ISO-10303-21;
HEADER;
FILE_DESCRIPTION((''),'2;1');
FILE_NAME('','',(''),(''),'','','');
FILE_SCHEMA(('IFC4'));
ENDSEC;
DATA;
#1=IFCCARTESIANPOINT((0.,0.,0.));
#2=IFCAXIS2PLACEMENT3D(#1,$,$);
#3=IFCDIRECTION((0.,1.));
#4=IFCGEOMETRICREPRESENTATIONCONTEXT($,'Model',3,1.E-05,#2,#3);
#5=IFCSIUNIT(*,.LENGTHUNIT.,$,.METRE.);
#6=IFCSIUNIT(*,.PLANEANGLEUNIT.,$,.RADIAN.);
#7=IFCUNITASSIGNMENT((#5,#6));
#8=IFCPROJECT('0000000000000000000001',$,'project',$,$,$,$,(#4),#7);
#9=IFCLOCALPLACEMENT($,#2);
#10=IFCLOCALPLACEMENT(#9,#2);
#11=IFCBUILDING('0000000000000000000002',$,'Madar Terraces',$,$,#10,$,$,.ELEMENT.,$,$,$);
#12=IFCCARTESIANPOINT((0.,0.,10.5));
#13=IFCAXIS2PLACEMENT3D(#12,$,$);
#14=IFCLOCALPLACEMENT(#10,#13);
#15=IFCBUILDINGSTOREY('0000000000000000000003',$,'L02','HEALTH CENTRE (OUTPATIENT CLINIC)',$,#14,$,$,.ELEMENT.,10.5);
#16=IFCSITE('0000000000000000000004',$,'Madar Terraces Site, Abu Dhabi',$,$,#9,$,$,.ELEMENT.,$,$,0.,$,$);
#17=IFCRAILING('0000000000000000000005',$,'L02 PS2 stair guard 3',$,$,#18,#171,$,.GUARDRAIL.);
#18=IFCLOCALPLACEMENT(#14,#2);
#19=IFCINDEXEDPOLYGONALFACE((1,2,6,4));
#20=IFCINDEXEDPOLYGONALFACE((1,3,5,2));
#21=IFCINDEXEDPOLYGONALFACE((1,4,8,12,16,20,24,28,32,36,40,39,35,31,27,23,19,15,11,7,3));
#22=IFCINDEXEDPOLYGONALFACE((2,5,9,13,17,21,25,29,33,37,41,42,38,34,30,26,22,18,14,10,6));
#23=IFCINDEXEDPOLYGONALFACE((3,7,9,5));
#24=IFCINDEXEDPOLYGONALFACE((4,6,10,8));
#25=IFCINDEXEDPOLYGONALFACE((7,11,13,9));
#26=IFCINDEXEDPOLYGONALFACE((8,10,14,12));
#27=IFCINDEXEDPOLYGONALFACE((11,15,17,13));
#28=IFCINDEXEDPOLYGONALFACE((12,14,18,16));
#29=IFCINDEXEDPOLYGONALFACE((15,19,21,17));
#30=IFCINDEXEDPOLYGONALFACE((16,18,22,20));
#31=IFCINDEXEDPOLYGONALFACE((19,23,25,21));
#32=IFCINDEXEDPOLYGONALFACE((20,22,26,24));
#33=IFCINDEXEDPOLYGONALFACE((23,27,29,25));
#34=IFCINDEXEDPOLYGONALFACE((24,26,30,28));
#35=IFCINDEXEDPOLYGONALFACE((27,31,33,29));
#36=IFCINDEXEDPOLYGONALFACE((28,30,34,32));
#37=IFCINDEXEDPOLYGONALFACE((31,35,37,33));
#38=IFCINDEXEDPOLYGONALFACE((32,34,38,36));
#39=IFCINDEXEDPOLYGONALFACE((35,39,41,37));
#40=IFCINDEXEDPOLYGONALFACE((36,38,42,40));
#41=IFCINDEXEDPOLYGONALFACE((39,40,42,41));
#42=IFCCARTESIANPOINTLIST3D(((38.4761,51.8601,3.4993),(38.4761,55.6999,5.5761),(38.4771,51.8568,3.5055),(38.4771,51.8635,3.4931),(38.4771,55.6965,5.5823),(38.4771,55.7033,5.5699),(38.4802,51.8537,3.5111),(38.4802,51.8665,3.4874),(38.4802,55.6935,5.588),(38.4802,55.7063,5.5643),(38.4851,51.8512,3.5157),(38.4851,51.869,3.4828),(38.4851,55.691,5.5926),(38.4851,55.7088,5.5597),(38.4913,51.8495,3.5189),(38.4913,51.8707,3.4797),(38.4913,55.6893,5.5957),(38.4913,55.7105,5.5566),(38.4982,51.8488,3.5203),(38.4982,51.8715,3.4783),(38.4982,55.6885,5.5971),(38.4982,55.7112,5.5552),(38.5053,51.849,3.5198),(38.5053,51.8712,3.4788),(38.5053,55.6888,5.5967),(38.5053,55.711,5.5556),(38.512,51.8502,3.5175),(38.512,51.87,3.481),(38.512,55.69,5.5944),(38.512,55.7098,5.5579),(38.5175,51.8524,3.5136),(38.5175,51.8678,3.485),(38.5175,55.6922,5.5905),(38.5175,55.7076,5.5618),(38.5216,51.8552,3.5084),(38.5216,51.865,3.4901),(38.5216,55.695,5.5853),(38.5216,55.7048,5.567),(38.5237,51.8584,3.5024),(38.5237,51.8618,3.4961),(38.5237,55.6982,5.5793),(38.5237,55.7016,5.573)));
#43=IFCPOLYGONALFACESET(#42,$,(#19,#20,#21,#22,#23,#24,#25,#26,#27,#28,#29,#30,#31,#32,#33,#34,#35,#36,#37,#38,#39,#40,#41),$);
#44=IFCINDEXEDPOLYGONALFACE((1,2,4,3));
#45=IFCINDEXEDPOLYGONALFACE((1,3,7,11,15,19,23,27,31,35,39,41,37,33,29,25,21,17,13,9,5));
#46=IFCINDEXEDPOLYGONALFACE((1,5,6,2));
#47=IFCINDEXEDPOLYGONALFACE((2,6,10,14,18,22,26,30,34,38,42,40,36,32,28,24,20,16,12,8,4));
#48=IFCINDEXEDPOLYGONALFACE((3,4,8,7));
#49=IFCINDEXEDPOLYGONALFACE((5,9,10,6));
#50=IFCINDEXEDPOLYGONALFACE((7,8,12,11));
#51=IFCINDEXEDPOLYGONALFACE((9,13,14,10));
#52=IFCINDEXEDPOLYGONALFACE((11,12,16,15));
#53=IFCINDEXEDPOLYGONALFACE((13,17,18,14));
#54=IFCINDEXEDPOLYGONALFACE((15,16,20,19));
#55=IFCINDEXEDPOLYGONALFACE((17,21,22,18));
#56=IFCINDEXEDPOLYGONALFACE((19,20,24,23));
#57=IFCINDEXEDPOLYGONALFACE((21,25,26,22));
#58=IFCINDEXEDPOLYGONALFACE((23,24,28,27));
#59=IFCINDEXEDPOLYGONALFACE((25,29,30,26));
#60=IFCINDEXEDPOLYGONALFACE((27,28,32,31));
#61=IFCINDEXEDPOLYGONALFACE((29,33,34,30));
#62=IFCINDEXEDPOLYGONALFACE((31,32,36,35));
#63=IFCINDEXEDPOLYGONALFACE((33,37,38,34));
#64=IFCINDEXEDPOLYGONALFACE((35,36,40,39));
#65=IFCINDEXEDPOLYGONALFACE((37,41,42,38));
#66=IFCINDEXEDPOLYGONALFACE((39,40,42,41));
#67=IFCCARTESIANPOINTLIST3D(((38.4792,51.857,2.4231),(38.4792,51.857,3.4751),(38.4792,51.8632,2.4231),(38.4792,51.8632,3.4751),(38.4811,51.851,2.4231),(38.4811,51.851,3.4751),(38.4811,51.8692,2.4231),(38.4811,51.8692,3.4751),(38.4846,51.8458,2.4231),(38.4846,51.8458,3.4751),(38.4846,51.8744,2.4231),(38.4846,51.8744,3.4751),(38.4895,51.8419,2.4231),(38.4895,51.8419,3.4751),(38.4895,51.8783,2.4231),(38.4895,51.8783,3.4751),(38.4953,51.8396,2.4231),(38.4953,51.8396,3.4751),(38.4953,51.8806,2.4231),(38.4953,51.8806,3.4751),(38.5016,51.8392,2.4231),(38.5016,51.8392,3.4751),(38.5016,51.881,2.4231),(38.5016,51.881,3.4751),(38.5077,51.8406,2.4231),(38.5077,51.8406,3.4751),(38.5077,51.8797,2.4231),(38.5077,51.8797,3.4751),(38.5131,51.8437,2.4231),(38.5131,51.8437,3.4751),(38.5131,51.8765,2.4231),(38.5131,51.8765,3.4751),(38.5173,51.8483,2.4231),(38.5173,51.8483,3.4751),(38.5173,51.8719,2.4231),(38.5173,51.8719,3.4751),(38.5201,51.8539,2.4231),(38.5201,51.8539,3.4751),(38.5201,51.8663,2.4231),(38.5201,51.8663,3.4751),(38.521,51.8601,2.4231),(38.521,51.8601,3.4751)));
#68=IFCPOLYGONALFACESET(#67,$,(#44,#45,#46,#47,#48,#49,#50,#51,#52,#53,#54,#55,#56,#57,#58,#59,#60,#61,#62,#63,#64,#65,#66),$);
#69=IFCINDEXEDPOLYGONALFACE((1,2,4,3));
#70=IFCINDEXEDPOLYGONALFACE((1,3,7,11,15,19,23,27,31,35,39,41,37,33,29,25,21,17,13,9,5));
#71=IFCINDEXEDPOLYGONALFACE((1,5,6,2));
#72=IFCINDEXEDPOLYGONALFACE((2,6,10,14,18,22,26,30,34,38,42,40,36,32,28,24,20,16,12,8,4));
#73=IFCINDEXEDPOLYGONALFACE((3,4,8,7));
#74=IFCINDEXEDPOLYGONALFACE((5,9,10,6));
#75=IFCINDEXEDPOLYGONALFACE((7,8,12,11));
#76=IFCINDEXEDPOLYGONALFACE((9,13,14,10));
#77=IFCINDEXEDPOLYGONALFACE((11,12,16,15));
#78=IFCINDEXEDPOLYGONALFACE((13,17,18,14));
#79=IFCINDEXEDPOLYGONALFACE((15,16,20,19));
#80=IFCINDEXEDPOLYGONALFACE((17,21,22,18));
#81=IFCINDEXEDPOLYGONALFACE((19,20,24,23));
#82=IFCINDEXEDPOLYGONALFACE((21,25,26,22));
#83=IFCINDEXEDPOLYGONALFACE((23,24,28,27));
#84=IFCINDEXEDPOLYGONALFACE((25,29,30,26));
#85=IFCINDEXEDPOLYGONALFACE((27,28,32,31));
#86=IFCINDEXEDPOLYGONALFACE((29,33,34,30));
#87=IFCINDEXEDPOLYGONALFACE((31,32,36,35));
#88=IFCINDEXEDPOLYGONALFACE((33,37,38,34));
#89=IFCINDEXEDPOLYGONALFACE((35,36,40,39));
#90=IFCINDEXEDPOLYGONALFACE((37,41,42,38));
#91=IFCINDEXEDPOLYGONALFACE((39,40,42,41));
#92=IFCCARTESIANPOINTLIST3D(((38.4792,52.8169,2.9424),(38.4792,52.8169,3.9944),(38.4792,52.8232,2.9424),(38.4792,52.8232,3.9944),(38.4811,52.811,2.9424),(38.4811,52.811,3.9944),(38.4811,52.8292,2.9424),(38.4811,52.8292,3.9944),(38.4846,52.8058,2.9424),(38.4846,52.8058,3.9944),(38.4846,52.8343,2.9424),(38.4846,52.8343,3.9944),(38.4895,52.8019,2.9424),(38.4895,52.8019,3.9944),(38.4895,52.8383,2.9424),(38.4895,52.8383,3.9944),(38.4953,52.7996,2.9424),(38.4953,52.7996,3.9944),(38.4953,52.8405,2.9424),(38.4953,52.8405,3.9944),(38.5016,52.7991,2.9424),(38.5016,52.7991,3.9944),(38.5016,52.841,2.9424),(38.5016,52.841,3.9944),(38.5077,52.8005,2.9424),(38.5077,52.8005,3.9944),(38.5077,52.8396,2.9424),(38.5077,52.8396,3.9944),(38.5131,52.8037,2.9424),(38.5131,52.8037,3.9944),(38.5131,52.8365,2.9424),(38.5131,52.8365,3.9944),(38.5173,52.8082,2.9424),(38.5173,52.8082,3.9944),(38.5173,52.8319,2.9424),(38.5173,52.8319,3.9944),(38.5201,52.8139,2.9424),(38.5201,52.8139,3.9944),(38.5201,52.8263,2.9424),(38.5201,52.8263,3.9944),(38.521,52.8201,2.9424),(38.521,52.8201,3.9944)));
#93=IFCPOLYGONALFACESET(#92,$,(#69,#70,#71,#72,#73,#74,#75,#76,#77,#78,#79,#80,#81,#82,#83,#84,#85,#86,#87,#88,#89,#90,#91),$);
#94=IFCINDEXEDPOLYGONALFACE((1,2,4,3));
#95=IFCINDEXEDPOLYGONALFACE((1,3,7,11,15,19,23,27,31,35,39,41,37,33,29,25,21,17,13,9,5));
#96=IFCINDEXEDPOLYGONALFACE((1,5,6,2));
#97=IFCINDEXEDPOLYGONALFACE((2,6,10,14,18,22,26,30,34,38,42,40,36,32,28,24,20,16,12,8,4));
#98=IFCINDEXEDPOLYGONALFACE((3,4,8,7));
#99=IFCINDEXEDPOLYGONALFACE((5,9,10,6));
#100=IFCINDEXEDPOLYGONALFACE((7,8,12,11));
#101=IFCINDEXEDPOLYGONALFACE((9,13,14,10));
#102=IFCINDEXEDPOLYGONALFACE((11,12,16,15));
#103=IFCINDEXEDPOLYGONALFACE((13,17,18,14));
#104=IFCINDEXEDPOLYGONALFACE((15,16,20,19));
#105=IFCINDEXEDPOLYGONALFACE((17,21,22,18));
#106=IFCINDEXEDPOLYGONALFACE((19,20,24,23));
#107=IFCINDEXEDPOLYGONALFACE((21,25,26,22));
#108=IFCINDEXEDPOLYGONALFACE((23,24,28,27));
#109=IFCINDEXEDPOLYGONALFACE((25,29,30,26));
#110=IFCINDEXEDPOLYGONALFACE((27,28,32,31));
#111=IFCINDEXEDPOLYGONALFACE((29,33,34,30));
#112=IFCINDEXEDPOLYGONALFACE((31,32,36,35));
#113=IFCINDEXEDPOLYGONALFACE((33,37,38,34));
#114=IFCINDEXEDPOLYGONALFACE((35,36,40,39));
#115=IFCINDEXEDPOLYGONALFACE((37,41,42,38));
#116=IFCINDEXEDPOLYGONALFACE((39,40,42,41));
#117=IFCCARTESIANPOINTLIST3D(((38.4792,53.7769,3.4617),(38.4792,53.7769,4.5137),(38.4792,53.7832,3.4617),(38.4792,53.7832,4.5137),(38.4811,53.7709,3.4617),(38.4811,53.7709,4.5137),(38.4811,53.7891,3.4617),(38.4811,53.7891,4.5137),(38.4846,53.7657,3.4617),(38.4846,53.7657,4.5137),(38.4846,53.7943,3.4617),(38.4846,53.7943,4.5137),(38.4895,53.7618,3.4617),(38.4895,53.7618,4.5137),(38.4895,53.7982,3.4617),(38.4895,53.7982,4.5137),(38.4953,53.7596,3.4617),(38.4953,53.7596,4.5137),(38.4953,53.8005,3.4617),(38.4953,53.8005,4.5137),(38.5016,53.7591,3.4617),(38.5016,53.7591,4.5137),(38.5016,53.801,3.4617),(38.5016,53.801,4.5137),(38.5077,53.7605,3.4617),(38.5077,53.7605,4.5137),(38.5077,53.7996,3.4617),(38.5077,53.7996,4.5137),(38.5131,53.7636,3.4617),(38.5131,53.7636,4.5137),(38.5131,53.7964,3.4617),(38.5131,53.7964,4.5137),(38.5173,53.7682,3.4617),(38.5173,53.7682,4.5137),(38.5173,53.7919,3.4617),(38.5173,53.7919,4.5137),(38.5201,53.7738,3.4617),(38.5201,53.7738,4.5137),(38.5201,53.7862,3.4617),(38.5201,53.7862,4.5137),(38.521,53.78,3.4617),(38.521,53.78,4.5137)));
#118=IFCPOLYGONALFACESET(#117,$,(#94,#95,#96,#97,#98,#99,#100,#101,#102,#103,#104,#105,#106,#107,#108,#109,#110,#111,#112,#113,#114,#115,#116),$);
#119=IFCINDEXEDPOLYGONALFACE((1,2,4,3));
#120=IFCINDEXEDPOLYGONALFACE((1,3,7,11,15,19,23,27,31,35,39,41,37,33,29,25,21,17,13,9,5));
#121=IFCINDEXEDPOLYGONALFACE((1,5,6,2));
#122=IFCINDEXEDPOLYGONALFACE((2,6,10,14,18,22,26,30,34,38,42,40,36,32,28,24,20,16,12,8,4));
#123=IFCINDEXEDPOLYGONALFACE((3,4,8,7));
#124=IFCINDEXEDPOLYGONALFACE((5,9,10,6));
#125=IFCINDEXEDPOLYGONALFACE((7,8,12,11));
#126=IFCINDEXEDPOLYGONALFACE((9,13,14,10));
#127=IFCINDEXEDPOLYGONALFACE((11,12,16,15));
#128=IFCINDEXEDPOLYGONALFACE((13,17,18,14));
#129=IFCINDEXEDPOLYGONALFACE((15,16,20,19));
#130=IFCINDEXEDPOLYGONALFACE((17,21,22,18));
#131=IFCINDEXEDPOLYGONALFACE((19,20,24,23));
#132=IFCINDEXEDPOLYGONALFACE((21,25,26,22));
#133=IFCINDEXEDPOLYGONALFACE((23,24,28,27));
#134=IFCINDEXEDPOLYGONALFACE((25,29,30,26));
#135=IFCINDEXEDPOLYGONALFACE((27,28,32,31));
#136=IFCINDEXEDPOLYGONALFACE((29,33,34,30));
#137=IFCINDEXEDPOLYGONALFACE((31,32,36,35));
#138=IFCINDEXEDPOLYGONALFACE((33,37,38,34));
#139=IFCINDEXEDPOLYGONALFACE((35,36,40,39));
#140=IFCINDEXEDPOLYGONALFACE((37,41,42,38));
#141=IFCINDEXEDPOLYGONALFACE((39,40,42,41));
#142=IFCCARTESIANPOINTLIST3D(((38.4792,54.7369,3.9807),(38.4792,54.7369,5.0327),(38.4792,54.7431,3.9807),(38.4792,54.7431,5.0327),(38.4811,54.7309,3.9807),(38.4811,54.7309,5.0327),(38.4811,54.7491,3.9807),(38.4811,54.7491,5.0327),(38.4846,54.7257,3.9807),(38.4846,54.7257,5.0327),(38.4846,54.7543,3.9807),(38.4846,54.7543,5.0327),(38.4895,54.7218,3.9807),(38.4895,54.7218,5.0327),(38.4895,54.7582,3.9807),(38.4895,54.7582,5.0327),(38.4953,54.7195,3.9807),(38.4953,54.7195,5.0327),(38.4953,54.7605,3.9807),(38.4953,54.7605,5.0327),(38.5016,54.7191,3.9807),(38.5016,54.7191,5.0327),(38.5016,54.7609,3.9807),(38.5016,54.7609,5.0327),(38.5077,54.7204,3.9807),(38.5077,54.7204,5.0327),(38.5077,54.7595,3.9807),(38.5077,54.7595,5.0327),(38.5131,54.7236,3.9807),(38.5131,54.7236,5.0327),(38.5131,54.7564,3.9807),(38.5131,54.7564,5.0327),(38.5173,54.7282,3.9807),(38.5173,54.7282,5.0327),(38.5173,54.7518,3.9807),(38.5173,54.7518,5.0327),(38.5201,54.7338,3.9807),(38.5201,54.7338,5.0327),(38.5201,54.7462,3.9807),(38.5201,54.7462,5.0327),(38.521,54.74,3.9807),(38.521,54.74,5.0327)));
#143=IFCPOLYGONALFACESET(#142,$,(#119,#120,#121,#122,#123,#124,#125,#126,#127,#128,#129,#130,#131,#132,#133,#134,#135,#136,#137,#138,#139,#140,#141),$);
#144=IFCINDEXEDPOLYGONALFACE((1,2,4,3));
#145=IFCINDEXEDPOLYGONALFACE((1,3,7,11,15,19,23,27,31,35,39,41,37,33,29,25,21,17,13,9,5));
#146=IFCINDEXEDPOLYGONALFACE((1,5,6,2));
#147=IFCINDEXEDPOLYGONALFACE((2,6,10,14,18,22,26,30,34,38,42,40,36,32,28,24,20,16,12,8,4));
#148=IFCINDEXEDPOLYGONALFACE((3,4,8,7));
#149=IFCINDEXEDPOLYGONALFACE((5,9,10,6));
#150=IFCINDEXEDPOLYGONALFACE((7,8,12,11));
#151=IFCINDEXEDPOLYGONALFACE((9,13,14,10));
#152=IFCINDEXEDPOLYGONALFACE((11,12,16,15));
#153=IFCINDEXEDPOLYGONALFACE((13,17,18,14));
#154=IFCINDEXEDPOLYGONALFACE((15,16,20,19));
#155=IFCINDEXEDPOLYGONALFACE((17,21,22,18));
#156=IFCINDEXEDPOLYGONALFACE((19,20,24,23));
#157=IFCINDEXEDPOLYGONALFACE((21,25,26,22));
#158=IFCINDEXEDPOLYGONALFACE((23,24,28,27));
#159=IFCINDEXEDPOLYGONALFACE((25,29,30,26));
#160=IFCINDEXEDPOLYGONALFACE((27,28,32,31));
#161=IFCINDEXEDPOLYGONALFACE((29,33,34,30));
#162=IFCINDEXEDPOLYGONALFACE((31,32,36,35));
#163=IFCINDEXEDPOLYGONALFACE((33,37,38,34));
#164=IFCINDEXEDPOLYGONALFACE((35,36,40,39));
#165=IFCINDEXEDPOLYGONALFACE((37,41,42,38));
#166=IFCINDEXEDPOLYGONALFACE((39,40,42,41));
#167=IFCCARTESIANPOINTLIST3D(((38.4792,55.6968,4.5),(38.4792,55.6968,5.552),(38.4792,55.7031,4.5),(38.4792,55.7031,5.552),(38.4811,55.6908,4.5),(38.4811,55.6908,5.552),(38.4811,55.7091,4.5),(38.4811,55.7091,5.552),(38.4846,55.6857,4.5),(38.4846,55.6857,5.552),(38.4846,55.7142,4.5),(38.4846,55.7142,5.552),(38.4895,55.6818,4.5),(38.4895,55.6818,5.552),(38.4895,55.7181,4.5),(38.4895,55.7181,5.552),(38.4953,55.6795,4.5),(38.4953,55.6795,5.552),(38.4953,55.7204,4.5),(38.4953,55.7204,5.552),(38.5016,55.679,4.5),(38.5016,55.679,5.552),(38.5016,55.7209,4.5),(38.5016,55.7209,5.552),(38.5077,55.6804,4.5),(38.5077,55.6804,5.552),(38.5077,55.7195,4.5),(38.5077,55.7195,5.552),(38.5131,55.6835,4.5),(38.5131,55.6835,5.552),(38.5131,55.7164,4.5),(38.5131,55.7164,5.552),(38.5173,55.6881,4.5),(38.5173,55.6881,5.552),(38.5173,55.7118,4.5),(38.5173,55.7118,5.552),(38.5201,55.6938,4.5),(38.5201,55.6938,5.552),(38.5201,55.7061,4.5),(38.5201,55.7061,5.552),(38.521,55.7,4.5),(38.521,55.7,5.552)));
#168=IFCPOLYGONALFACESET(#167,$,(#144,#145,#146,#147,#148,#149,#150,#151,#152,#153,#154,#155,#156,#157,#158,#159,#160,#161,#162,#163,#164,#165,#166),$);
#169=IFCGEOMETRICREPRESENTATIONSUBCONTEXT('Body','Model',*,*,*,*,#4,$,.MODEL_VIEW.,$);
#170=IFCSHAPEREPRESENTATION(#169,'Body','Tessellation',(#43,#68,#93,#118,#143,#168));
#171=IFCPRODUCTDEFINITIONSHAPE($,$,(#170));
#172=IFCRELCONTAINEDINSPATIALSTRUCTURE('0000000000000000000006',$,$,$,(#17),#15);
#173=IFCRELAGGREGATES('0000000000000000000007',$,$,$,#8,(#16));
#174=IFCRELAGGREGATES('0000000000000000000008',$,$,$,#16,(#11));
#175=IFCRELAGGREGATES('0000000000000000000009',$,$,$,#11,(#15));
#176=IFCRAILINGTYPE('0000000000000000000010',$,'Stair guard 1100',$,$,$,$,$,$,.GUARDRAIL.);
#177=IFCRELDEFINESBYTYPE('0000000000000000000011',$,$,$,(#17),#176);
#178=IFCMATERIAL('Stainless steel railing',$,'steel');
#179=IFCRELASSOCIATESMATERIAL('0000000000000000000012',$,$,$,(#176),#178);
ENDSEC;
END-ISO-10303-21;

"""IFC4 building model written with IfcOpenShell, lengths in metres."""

from ifc_helpers import new_model, si_unit, direction, frame, origin, origin_2d, place, context, subcontext, project, spatial, circle, extrude, material, type_object, element, save


model = new_model("IFC4")

# Units and contexts
model_context = context("Model", 3, precision=1e-05, world=origin(), true_north=direction((0.0, 1.0)))
body_context = subcontext(model_context, "Body", "Model", "MODEL_VIEW")
ifc_project = project(units=[si_unit("LENGTHUNIT", "METRE"), si_unit("PLANEANGLEUNIT", "RADIAN")], contexts=[model_context])

# Site, building, storey
site_placement = place(None, origin())
site = spatial("IfcSite", under=ifc_project, at=site_placement, Name="Madar Terraces Site, Abu Dhabi", CompositionType="ELEMENT", RefElevation=0.0)
building_placement = place(site_placement, origin())
building = spatial("IfcBuilding", under=site, at=building_placement, Name="Madar Terraces", CompositionType="ELEMENT")
storey_placement = place(building_placement, frame((0.0, 0.0, 10.5)))
storey = spatial("IfcBuildingStorey", under=building, at=storey_placement, Name="L02", Description="HEALTH CENTRE (OUTPATIENT CLINIC)", CompositionType="ELEMENT", Elevation=10.5)

# Railing
ifc_material_1 = material(Name="Stainless steel railing", Category="steel")
railing_type_1 = type_object("IfcRailingType", Name="Stair guard 1100", PredefinedType="GUARDRAIL", material=ifc_material_1)
railing_1_placement = place(storey_placement, frame((38.5, 51.8601, 2.4231)))
element("IfcRailing", 1, at=railing_1_placement, inside=storey, type_object=railing_type_1, Name="L02 PS2 stair guard 3", PredefinedType="GUARDRAIL", context=body_context, shape_type="SweptSolid", body=[
    extrude(circle(Radius=0.0239, at=origin_2d()), frame((0.0, 0.0, 1.0762), z_axis=(0.0, 0.879581, 0.47575), x_axis=(-1.0, 0.0, 0.0)), (0.0, 0.0, 1.0), 4.3655),
    extrude(circle(Radius=0.021, at=origin_2d()), origin(), (0.0, 0.0, 1.0), 1.052),
    extrude(circle(Radius=0.021, at=origin_2d()), frame((0.0, 0.96, 0.5193)), (0.0, 0.0, 1.0), 1.052),
    extrude(circle(Radius=0.021, at=origin_2d()), frame((0.0, 1.9199, 1.0386)), (0.0, 0.0, 1.0), 1.052),
    extrude(circle(Radius=0.021, at=origin_2d()), frame((0.0, 2.8799, 1.5576)), (0.0, 0.0, 1.0), 1.052),
    extrude(circle(Radius=0.021, at=origin_2d()), frame((0.0, 3.8398, 2.0769)), (0.0, 0.0, 1.0), 1.052),
])

save(model, "model.ifc")
